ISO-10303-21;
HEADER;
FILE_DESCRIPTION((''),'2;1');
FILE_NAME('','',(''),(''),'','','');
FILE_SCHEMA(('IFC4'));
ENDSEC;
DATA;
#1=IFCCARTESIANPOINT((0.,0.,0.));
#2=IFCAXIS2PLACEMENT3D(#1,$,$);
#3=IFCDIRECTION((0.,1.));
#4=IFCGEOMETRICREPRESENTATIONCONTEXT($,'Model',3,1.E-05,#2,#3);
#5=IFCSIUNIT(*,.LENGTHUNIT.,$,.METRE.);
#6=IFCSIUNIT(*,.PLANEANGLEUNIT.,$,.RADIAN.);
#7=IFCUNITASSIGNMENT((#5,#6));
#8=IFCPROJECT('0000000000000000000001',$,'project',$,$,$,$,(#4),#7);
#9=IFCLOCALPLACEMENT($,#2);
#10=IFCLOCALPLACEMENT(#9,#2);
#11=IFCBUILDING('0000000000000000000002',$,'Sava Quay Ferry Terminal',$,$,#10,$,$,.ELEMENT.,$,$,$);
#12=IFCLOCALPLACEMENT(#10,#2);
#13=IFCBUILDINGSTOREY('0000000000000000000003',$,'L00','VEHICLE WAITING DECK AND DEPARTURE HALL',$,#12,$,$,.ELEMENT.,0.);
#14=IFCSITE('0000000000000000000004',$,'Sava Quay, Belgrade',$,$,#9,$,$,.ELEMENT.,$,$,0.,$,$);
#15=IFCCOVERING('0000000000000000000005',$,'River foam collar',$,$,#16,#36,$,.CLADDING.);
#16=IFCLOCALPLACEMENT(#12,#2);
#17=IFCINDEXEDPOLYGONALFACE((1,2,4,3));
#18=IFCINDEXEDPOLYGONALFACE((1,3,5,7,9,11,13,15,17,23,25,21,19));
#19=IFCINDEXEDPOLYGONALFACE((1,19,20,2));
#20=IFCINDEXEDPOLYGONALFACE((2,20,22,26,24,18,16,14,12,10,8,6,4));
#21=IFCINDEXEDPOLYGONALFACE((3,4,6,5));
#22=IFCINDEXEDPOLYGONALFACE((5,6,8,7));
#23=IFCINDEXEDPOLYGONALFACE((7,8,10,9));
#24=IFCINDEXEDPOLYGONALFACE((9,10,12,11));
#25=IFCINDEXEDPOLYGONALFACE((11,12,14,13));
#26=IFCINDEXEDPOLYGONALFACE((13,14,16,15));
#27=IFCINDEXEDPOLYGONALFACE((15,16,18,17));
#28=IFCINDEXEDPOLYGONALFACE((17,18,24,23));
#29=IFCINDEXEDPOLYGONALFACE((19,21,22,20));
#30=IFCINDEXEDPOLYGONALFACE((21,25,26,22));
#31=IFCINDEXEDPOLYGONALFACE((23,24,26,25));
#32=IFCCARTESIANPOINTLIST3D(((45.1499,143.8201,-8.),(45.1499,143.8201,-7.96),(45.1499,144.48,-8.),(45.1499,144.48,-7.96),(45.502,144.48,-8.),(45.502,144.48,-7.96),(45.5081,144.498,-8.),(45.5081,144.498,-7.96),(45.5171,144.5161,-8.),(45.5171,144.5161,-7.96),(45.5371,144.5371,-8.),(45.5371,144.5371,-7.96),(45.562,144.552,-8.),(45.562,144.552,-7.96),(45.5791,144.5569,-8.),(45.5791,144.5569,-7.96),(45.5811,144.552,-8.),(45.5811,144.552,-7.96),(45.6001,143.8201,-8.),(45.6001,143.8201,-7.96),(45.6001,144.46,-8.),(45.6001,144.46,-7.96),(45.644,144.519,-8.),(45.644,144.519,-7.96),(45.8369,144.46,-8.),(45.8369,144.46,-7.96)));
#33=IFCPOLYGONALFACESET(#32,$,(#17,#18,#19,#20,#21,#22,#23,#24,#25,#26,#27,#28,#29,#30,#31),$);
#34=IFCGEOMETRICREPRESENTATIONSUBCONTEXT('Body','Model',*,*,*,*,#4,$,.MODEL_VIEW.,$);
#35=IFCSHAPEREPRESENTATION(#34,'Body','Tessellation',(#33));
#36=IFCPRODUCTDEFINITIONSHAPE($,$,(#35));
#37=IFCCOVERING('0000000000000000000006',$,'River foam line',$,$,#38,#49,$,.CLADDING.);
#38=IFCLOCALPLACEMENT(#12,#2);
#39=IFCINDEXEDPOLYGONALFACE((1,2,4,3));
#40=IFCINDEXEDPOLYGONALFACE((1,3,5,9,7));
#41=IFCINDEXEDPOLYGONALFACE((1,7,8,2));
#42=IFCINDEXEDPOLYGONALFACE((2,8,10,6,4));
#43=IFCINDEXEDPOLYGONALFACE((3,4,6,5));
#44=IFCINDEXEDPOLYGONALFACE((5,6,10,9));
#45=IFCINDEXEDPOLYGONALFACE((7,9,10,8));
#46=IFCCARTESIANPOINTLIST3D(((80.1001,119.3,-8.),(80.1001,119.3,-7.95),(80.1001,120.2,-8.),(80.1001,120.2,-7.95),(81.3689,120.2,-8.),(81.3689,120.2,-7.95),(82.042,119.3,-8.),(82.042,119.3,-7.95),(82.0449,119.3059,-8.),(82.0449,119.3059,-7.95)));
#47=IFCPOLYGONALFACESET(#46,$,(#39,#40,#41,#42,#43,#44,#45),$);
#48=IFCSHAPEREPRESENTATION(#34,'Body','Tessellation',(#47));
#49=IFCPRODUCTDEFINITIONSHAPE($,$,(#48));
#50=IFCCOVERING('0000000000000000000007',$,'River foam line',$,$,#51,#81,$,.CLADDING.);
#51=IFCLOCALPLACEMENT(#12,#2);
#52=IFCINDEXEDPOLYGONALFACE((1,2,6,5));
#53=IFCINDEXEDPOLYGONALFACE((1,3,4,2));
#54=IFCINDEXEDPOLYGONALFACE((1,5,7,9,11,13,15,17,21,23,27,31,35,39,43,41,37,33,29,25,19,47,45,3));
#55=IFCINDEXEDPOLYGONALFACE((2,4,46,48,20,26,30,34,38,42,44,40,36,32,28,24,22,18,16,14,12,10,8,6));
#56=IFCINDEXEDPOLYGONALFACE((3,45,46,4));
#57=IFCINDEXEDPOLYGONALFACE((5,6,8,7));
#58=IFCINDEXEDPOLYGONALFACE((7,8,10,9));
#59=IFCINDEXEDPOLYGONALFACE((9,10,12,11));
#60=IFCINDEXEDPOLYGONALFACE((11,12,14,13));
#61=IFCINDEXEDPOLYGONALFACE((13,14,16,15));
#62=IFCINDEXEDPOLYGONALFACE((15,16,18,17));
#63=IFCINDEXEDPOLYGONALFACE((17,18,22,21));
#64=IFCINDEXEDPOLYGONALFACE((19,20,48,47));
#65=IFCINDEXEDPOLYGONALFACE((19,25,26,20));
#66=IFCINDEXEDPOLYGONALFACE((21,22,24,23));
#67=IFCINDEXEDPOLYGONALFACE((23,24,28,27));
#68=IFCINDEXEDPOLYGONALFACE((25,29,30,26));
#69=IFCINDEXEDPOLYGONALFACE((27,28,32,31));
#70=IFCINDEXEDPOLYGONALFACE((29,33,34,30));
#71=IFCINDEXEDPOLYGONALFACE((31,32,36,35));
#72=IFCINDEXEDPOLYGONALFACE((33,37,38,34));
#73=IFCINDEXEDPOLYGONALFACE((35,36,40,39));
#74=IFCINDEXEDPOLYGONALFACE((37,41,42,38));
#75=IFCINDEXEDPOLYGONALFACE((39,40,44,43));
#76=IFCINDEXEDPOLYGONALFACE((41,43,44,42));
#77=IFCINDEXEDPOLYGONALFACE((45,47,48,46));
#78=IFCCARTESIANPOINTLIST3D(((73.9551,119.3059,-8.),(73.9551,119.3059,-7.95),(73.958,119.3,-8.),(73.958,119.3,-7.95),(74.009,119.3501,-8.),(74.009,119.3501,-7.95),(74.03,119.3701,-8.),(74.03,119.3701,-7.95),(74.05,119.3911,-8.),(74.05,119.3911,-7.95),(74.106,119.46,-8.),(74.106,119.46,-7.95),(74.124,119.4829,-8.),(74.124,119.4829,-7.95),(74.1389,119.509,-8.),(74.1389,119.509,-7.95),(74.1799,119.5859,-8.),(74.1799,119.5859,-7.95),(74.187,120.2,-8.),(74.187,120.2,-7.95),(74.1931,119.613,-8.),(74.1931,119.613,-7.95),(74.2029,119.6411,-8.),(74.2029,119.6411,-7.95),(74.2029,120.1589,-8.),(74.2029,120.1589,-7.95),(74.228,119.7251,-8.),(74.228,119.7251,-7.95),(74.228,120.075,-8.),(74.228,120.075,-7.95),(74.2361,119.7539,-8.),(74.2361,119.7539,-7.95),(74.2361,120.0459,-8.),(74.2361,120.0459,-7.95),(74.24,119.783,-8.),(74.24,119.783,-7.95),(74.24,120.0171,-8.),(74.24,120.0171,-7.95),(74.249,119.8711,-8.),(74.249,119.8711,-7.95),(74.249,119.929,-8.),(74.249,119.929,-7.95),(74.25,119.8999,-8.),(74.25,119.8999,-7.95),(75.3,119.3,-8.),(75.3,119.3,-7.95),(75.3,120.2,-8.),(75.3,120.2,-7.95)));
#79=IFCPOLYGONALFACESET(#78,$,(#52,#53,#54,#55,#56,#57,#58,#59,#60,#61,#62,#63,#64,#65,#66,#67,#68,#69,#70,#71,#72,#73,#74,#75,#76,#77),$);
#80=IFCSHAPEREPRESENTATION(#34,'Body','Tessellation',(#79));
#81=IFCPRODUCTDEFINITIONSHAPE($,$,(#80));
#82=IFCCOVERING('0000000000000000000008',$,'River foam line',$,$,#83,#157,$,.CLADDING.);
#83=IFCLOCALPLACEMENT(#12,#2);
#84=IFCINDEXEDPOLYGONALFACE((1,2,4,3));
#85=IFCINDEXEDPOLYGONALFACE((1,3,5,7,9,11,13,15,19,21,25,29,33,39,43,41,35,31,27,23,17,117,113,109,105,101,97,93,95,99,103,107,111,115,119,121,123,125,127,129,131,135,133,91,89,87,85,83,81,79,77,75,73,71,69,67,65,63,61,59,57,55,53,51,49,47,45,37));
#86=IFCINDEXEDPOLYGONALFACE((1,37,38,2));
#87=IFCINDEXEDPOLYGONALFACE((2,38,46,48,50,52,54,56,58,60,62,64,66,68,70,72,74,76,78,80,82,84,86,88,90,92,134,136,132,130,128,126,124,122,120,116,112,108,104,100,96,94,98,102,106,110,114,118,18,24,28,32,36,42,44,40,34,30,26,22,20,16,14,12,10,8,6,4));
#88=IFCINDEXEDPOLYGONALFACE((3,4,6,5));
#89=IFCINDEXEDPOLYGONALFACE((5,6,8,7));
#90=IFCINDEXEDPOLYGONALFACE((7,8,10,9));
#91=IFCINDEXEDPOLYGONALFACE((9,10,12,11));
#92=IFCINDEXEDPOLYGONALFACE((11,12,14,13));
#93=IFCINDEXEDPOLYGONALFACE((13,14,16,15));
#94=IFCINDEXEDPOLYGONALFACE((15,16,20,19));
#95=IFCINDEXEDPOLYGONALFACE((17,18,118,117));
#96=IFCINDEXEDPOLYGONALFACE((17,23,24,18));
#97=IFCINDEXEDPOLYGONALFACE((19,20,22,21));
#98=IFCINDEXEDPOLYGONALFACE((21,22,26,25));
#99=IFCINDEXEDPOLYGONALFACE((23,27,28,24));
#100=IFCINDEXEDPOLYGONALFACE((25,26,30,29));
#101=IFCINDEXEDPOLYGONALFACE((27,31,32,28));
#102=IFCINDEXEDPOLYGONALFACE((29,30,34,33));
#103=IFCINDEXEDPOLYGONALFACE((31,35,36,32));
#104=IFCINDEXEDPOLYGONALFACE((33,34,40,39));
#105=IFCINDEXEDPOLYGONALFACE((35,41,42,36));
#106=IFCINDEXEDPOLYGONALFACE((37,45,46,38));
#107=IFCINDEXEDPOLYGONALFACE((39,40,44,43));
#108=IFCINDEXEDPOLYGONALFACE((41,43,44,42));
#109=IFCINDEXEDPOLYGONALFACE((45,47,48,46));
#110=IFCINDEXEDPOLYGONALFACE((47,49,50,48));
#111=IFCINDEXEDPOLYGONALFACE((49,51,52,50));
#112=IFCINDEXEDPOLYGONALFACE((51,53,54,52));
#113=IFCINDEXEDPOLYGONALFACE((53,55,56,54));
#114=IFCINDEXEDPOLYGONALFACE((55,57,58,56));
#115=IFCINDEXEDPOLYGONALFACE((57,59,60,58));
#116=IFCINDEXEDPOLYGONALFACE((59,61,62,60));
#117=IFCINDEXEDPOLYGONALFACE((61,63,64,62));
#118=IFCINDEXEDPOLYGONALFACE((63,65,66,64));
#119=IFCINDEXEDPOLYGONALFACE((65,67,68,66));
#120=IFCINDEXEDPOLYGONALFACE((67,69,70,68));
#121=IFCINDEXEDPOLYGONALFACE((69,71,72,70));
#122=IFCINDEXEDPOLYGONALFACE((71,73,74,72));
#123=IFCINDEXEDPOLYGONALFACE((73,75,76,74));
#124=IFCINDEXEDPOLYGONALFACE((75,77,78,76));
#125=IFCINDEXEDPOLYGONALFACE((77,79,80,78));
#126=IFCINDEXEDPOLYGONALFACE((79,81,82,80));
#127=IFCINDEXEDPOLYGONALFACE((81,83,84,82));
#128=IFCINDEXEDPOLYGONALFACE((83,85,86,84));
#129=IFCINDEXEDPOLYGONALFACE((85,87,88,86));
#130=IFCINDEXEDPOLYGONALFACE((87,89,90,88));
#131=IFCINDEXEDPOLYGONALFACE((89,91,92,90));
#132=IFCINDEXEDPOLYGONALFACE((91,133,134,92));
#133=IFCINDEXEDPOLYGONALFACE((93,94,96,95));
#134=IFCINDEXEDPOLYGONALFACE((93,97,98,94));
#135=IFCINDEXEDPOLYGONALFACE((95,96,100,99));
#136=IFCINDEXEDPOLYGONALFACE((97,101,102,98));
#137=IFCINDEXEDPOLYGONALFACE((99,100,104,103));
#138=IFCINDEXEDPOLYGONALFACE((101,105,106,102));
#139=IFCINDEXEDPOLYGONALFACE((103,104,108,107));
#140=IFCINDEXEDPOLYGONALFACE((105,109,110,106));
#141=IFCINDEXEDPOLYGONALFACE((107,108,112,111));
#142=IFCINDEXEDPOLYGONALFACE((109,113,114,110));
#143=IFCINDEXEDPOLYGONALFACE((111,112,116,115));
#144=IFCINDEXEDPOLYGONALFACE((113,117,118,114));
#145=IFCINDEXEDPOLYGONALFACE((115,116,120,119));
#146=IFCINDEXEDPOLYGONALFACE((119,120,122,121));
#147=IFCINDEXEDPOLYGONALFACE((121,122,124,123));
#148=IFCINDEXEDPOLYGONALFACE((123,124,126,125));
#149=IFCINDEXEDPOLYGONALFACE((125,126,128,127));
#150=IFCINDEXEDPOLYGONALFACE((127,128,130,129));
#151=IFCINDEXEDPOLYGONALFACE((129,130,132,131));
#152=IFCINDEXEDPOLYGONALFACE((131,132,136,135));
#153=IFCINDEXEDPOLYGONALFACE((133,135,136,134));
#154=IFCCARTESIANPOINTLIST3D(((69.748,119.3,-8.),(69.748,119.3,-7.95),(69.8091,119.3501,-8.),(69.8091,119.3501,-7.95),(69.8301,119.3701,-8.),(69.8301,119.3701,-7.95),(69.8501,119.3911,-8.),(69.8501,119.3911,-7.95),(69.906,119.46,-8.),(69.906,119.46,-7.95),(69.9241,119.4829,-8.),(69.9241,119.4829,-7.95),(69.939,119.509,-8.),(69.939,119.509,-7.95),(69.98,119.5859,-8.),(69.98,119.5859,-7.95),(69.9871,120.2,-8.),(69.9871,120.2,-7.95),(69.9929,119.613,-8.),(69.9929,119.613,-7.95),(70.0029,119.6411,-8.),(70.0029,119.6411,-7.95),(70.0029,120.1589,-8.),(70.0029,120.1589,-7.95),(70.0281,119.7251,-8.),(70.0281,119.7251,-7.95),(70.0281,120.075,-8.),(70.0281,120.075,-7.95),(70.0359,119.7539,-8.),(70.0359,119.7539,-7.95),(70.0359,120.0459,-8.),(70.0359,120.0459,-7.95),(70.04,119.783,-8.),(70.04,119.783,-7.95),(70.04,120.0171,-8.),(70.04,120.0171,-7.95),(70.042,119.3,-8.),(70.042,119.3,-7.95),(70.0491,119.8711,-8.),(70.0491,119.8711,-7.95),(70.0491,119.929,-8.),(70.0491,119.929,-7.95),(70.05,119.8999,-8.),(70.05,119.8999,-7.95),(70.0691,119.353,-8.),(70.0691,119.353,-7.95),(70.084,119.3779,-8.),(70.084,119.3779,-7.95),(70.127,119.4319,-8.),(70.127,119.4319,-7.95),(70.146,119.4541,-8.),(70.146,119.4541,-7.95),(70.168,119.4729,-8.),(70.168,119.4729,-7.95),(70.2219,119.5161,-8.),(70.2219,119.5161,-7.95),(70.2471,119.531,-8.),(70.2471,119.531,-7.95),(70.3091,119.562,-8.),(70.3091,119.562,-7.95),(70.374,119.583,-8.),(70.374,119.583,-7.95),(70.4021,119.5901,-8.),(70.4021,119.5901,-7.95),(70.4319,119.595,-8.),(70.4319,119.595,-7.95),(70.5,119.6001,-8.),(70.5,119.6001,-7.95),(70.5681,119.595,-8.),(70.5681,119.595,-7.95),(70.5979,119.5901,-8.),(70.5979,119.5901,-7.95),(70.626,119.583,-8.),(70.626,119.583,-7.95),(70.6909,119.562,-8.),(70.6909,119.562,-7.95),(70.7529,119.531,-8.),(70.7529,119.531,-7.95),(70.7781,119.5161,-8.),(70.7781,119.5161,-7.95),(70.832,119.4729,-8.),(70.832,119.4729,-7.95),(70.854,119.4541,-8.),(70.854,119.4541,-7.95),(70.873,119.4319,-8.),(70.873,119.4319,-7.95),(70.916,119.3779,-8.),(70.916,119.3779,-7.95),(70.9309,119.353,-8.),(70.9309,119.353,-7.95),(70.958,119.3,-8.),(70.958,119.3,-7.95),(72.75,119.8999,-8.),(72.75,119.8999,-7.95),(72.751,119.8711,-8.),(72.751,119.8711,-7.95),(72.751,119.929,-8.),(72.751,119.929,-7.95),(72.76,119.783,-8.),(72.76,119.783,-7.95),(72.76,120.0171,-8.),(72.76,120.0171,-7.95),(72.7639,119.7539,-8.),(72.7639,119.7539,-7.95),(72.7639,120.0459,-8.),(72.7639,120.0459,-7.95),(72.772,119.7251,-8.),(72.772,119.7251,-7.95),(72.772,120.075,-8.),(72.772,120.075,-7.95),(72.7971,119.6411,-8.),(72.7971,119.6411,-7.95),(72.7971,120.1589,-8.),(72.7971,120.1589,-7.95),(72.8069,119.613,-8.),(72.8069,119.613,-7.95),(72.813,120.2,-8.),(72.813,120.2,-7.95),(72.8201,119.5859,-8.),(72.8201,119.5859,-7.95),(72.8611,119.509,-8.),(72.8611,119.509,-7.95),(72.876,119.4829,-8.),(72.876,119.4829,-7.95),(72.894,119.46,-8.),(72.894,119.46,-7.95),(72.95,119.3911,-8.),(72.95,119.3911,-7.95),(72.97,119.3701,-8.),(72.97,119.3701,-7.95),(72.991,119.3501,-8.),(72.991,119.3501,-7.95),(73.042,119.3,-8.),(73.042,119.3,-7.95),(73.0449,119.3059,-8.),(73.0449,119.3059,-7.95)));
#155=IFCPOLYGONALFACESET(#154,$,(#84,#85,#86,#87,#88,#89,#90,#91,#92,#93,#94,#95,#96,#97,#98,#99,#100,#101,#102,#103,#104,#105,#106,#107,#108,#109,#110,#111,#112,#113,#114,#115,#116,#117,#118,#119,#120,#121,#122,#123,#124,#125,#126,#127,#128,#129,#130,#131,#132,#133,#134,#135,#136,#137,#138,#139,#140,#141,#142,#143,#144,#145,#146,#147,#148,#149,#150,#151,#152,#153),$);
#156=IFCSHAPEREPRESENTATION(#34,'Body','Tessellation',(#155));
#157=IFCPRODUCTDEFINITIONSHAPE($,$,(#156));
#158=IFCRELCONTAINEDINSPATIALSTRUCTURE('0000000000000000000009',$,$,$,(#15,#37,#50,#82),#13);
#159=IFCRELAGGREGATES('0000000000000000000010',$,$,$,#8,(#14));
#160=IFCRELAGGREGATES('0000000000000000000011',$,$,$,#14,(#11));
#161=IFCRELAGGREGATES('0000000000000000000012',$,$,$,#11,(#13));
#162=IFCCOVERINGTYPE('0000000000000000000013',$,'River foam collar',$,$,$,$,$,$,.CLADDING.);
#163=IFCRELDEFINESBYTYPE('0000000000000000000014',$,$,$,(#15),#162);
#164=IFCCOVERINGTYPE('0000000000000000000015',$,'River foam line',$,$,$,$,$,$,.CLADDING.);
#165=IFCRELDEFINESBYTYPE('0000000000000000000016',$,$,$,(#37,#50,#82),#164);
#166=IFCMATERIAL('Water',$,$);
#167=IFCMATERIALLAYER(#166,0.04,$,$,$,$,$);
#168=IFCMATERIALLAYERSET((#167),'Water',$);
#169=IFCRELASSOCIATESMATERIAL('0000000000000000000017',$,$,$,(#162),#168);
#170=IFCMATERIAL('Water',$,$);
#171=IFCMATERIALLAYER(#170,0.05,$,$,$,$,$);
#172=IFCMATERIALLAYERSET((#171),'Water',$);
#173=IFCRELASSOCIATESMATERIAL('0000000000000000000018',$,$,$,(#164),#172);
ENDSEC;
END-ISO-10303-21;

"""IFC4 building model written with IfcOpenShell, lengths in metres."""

from ifc_helpers import new_model, si_unit, direction, frame, origin, place, context, subcontext, project, spatial, polyline, outline, extrude, material, layer, layer_set, type_object, element, save


model = new_model("IFC4")

# Units and contexts
model_context = context("Model", 3, precision=1e-05, world=origin(), true_north=direction((0.0, 1.0)))
body_context = subcontext(model_context, "Body", "Model", "MODEL_VIEW")
ifc_project = project(units=[si_unit("LENGTHUNIT", "METRE"), si_unit("PLANEANGLEUNIT", "RADIAN")], contexts=[model_context])

# Site, building, storey
site_placement = place(None, origin())
site = spatial("IfcSite", under=ifc_project, at=site_placement, Name="Sava Quay, Belgrade", CompositionType="ELEMENT", RefElevation=0.0)
building_placement = place(site_placement, origin())
building = spatial("IfcBuilding", under=site, at=building_placement, Name="Sava Quay Ferry Terminal", CompositionType="ELEMENT")
storey_placement = place(building_placement, origin())
storey = spatial("IfcBuildingStorey", under=building, at=storey_placement, Name="L00", Description="VEHICLE WAITING DECK AND DEPARTURE HALL", CompositionType="ELEMENT", Elevation=0.0)

# Coverings
ifc_material_1 = material(Name="Water")
ifc_layer_1 = layer(ifc_material_1, 0.04)
ifc_layer_set_1 = layer_set([ifc_layer_1], Name="Water")
covering_type_1 = type_object("IfcCoveringType", Name="River foam collar", PredefinedType="CLADDING", material=ifc_layer_set_1)
covering_1_placement = place(storey_placement, frame((0.0, 0.0, -8.0)))
element("IfcCovering", 1, at=covering_1_placement, inside=storey, type_object=covering_type_1, Name="River foam collar", PredefinedType="CLADDING", context=body_context, shape_type="SweptSolid", body=[
    extrude(outline(polyline([(45.5811, 144.552), (45.5791, 144.5569), (45.562, 144.552), (45.5371, 144.5371), (45.5171, 144.5161), (45.5081, 144.498), (45.502, 144.48), (45.1499, 144.48), (45.1499, 143.8201), (45.6001, 143.8201), (45.6001, 144.46), (45.8369, 144.46), (45.644, 144.519), (45.5811, 144.552)])), origin(), (0.0, 0.0, 1.0), 0.04),
])
ifc_material_2 = material(Name="Water")
ifc_layer_2 = layer(ifc_material_2, 0.05)
ifc_layer_set_2 = layer_set([ifc_layer_2], Name="Water")
covering_type_2 = type_object("IfcCoveringType", Name="River foam line", PredefinedType="CLADDING", material=ifc_layer_set_2)
covering_2_placement = place(storey_placement, frame((0.0, 0.0, -8.0)))
element("IfcCovering", 2, at=covering_2_placement, inside=storey, type_object=covering_type_2, Name="River foam line", PredefinedType="CLADDING", context=body_context, shape_type="SweptSolid", body=[
    extrude(outline(polyline([(81.3689, 120.2), (80.1001, 120.2), (80.1001, 119.3), (82.042, 119.3), (82.0449, 119.3059), (81.3689, 120.2)])), origin(), (0.0, 0.0, 1.0), 0.05),
])
covering_3_placement = place(storey_placement, frame((0.0, 0.0, -8.0)))
element("IfcCovering", 3, at=covering_3_placement, inside=storey, type_object=covering_type_2, Name="River foam line", PredefinedType="CLADDING", context=body_context, shape_type="SweptSolid", body=[
    extrude(outline(polyline([(75.3, 120.2), (74.187, 120.2), (74.2029, 120.1589), (74.228, 120.075), (74.2361, 120.0459), (74.24, 120.0171), (74.249, 119.929), (74.25, 119.8999), (74.249, 119.8711), (74.24, 119.783), (74.2361, 119.7539), (74.228, 119.7251), (74.2029, 119.6411), (74.1931, 119.613), (74.1799, 119.5859), (74.1389, 119.509), (74.124, 119.4829), (74.106, 119.46), (74.05, 119.3911), (74.03, 119.3701), (74.009, 119.3501), (73.9551, 119.3059), (73.958, 119.3), (75.3, 119.3), (75.3, 120.2)])), origin(), (0.0, 0.0, 1.0), 0.05),
])
covering_4_placement = place(storey_placement, frame((0.0, 0.0, -8.0)))
element("IfcCovering", 4, at=covering_4_placement, inside=storey, type_object=covering_type_2, Name="River foam line", PredefinedType="CLADDING", context=body_context, shape_type="SweptSolid", body=[
    extrude(outline(polyline([(72.813, 120.2), (69.9871, 120.2), (70.0029, 120.1589), (70.0281, 120.075), (70.0359, 120.0459), (70.04, 120.0171), (70.0491, 119.929), (70.05, 119.8999), (70.0491, 119.8711), (70.04, 119.783), (70.0359, 119.7539), (70.0281, 119.7251), (70.0029, 119.6411), (69.9929, 119.613), (69.98, 119.5859), (69.939, 119.509), (69.9241, 119.4829), (69.906, 119.46), (69.8501, 119.3911), (69.8301, 119.3701), (69.8091, 119.3501), (69.748, 119.3), (70.042, 119.3), (70.0691, 119.353), (70.084, 119.3779), (70.127, 119.4319), (70.146, 119.4541), (70.168, 119.4729), (70.2219, 119.5161), (70.2471, 119.531), (70.3091, 119.562), (70.374, 119.583), (70.4021, 119.5901), (70.4319, 119.595), (70.5, 119.6001), (70.5681, 119.595), (70.5979, 119.5901), (70.626, 119.583), (70.6909, 119.562), (70.7529, 119.531), (70.7781, 119.5161), (70.832, 119.4729), (70.854, 119.4541), (70.873, 119.4319), (70.916, 119.3779), (70.9309, 119.353), (70.958, 119.3), (73.042, 119.3), (73.0449, 119.3059), (72.991, 119.3501), (72.97, 119.3701), (72.95, 119.3911), (72.894, 119.46), (72.876, 119.4829), (72.8611, 119.509), (72.8201, 119.5859), (72.8069, 119.613), (72.7971, 119.6411), (72.772, 119.7251), (72.7639, 119.7539), (72.76, 119.783), (72.751, 119.8711), (72.75, 119.8999), (72.751, 119.929), (72.76, 120.0171), (72.7639, 120.0459), (72.772, 120.075), (72.7971, 120.1589), (72.813, 120.2)])), origin(), (0.0, 0.0, 1.0), 0.05),
])

save(model, "model.ifc")
